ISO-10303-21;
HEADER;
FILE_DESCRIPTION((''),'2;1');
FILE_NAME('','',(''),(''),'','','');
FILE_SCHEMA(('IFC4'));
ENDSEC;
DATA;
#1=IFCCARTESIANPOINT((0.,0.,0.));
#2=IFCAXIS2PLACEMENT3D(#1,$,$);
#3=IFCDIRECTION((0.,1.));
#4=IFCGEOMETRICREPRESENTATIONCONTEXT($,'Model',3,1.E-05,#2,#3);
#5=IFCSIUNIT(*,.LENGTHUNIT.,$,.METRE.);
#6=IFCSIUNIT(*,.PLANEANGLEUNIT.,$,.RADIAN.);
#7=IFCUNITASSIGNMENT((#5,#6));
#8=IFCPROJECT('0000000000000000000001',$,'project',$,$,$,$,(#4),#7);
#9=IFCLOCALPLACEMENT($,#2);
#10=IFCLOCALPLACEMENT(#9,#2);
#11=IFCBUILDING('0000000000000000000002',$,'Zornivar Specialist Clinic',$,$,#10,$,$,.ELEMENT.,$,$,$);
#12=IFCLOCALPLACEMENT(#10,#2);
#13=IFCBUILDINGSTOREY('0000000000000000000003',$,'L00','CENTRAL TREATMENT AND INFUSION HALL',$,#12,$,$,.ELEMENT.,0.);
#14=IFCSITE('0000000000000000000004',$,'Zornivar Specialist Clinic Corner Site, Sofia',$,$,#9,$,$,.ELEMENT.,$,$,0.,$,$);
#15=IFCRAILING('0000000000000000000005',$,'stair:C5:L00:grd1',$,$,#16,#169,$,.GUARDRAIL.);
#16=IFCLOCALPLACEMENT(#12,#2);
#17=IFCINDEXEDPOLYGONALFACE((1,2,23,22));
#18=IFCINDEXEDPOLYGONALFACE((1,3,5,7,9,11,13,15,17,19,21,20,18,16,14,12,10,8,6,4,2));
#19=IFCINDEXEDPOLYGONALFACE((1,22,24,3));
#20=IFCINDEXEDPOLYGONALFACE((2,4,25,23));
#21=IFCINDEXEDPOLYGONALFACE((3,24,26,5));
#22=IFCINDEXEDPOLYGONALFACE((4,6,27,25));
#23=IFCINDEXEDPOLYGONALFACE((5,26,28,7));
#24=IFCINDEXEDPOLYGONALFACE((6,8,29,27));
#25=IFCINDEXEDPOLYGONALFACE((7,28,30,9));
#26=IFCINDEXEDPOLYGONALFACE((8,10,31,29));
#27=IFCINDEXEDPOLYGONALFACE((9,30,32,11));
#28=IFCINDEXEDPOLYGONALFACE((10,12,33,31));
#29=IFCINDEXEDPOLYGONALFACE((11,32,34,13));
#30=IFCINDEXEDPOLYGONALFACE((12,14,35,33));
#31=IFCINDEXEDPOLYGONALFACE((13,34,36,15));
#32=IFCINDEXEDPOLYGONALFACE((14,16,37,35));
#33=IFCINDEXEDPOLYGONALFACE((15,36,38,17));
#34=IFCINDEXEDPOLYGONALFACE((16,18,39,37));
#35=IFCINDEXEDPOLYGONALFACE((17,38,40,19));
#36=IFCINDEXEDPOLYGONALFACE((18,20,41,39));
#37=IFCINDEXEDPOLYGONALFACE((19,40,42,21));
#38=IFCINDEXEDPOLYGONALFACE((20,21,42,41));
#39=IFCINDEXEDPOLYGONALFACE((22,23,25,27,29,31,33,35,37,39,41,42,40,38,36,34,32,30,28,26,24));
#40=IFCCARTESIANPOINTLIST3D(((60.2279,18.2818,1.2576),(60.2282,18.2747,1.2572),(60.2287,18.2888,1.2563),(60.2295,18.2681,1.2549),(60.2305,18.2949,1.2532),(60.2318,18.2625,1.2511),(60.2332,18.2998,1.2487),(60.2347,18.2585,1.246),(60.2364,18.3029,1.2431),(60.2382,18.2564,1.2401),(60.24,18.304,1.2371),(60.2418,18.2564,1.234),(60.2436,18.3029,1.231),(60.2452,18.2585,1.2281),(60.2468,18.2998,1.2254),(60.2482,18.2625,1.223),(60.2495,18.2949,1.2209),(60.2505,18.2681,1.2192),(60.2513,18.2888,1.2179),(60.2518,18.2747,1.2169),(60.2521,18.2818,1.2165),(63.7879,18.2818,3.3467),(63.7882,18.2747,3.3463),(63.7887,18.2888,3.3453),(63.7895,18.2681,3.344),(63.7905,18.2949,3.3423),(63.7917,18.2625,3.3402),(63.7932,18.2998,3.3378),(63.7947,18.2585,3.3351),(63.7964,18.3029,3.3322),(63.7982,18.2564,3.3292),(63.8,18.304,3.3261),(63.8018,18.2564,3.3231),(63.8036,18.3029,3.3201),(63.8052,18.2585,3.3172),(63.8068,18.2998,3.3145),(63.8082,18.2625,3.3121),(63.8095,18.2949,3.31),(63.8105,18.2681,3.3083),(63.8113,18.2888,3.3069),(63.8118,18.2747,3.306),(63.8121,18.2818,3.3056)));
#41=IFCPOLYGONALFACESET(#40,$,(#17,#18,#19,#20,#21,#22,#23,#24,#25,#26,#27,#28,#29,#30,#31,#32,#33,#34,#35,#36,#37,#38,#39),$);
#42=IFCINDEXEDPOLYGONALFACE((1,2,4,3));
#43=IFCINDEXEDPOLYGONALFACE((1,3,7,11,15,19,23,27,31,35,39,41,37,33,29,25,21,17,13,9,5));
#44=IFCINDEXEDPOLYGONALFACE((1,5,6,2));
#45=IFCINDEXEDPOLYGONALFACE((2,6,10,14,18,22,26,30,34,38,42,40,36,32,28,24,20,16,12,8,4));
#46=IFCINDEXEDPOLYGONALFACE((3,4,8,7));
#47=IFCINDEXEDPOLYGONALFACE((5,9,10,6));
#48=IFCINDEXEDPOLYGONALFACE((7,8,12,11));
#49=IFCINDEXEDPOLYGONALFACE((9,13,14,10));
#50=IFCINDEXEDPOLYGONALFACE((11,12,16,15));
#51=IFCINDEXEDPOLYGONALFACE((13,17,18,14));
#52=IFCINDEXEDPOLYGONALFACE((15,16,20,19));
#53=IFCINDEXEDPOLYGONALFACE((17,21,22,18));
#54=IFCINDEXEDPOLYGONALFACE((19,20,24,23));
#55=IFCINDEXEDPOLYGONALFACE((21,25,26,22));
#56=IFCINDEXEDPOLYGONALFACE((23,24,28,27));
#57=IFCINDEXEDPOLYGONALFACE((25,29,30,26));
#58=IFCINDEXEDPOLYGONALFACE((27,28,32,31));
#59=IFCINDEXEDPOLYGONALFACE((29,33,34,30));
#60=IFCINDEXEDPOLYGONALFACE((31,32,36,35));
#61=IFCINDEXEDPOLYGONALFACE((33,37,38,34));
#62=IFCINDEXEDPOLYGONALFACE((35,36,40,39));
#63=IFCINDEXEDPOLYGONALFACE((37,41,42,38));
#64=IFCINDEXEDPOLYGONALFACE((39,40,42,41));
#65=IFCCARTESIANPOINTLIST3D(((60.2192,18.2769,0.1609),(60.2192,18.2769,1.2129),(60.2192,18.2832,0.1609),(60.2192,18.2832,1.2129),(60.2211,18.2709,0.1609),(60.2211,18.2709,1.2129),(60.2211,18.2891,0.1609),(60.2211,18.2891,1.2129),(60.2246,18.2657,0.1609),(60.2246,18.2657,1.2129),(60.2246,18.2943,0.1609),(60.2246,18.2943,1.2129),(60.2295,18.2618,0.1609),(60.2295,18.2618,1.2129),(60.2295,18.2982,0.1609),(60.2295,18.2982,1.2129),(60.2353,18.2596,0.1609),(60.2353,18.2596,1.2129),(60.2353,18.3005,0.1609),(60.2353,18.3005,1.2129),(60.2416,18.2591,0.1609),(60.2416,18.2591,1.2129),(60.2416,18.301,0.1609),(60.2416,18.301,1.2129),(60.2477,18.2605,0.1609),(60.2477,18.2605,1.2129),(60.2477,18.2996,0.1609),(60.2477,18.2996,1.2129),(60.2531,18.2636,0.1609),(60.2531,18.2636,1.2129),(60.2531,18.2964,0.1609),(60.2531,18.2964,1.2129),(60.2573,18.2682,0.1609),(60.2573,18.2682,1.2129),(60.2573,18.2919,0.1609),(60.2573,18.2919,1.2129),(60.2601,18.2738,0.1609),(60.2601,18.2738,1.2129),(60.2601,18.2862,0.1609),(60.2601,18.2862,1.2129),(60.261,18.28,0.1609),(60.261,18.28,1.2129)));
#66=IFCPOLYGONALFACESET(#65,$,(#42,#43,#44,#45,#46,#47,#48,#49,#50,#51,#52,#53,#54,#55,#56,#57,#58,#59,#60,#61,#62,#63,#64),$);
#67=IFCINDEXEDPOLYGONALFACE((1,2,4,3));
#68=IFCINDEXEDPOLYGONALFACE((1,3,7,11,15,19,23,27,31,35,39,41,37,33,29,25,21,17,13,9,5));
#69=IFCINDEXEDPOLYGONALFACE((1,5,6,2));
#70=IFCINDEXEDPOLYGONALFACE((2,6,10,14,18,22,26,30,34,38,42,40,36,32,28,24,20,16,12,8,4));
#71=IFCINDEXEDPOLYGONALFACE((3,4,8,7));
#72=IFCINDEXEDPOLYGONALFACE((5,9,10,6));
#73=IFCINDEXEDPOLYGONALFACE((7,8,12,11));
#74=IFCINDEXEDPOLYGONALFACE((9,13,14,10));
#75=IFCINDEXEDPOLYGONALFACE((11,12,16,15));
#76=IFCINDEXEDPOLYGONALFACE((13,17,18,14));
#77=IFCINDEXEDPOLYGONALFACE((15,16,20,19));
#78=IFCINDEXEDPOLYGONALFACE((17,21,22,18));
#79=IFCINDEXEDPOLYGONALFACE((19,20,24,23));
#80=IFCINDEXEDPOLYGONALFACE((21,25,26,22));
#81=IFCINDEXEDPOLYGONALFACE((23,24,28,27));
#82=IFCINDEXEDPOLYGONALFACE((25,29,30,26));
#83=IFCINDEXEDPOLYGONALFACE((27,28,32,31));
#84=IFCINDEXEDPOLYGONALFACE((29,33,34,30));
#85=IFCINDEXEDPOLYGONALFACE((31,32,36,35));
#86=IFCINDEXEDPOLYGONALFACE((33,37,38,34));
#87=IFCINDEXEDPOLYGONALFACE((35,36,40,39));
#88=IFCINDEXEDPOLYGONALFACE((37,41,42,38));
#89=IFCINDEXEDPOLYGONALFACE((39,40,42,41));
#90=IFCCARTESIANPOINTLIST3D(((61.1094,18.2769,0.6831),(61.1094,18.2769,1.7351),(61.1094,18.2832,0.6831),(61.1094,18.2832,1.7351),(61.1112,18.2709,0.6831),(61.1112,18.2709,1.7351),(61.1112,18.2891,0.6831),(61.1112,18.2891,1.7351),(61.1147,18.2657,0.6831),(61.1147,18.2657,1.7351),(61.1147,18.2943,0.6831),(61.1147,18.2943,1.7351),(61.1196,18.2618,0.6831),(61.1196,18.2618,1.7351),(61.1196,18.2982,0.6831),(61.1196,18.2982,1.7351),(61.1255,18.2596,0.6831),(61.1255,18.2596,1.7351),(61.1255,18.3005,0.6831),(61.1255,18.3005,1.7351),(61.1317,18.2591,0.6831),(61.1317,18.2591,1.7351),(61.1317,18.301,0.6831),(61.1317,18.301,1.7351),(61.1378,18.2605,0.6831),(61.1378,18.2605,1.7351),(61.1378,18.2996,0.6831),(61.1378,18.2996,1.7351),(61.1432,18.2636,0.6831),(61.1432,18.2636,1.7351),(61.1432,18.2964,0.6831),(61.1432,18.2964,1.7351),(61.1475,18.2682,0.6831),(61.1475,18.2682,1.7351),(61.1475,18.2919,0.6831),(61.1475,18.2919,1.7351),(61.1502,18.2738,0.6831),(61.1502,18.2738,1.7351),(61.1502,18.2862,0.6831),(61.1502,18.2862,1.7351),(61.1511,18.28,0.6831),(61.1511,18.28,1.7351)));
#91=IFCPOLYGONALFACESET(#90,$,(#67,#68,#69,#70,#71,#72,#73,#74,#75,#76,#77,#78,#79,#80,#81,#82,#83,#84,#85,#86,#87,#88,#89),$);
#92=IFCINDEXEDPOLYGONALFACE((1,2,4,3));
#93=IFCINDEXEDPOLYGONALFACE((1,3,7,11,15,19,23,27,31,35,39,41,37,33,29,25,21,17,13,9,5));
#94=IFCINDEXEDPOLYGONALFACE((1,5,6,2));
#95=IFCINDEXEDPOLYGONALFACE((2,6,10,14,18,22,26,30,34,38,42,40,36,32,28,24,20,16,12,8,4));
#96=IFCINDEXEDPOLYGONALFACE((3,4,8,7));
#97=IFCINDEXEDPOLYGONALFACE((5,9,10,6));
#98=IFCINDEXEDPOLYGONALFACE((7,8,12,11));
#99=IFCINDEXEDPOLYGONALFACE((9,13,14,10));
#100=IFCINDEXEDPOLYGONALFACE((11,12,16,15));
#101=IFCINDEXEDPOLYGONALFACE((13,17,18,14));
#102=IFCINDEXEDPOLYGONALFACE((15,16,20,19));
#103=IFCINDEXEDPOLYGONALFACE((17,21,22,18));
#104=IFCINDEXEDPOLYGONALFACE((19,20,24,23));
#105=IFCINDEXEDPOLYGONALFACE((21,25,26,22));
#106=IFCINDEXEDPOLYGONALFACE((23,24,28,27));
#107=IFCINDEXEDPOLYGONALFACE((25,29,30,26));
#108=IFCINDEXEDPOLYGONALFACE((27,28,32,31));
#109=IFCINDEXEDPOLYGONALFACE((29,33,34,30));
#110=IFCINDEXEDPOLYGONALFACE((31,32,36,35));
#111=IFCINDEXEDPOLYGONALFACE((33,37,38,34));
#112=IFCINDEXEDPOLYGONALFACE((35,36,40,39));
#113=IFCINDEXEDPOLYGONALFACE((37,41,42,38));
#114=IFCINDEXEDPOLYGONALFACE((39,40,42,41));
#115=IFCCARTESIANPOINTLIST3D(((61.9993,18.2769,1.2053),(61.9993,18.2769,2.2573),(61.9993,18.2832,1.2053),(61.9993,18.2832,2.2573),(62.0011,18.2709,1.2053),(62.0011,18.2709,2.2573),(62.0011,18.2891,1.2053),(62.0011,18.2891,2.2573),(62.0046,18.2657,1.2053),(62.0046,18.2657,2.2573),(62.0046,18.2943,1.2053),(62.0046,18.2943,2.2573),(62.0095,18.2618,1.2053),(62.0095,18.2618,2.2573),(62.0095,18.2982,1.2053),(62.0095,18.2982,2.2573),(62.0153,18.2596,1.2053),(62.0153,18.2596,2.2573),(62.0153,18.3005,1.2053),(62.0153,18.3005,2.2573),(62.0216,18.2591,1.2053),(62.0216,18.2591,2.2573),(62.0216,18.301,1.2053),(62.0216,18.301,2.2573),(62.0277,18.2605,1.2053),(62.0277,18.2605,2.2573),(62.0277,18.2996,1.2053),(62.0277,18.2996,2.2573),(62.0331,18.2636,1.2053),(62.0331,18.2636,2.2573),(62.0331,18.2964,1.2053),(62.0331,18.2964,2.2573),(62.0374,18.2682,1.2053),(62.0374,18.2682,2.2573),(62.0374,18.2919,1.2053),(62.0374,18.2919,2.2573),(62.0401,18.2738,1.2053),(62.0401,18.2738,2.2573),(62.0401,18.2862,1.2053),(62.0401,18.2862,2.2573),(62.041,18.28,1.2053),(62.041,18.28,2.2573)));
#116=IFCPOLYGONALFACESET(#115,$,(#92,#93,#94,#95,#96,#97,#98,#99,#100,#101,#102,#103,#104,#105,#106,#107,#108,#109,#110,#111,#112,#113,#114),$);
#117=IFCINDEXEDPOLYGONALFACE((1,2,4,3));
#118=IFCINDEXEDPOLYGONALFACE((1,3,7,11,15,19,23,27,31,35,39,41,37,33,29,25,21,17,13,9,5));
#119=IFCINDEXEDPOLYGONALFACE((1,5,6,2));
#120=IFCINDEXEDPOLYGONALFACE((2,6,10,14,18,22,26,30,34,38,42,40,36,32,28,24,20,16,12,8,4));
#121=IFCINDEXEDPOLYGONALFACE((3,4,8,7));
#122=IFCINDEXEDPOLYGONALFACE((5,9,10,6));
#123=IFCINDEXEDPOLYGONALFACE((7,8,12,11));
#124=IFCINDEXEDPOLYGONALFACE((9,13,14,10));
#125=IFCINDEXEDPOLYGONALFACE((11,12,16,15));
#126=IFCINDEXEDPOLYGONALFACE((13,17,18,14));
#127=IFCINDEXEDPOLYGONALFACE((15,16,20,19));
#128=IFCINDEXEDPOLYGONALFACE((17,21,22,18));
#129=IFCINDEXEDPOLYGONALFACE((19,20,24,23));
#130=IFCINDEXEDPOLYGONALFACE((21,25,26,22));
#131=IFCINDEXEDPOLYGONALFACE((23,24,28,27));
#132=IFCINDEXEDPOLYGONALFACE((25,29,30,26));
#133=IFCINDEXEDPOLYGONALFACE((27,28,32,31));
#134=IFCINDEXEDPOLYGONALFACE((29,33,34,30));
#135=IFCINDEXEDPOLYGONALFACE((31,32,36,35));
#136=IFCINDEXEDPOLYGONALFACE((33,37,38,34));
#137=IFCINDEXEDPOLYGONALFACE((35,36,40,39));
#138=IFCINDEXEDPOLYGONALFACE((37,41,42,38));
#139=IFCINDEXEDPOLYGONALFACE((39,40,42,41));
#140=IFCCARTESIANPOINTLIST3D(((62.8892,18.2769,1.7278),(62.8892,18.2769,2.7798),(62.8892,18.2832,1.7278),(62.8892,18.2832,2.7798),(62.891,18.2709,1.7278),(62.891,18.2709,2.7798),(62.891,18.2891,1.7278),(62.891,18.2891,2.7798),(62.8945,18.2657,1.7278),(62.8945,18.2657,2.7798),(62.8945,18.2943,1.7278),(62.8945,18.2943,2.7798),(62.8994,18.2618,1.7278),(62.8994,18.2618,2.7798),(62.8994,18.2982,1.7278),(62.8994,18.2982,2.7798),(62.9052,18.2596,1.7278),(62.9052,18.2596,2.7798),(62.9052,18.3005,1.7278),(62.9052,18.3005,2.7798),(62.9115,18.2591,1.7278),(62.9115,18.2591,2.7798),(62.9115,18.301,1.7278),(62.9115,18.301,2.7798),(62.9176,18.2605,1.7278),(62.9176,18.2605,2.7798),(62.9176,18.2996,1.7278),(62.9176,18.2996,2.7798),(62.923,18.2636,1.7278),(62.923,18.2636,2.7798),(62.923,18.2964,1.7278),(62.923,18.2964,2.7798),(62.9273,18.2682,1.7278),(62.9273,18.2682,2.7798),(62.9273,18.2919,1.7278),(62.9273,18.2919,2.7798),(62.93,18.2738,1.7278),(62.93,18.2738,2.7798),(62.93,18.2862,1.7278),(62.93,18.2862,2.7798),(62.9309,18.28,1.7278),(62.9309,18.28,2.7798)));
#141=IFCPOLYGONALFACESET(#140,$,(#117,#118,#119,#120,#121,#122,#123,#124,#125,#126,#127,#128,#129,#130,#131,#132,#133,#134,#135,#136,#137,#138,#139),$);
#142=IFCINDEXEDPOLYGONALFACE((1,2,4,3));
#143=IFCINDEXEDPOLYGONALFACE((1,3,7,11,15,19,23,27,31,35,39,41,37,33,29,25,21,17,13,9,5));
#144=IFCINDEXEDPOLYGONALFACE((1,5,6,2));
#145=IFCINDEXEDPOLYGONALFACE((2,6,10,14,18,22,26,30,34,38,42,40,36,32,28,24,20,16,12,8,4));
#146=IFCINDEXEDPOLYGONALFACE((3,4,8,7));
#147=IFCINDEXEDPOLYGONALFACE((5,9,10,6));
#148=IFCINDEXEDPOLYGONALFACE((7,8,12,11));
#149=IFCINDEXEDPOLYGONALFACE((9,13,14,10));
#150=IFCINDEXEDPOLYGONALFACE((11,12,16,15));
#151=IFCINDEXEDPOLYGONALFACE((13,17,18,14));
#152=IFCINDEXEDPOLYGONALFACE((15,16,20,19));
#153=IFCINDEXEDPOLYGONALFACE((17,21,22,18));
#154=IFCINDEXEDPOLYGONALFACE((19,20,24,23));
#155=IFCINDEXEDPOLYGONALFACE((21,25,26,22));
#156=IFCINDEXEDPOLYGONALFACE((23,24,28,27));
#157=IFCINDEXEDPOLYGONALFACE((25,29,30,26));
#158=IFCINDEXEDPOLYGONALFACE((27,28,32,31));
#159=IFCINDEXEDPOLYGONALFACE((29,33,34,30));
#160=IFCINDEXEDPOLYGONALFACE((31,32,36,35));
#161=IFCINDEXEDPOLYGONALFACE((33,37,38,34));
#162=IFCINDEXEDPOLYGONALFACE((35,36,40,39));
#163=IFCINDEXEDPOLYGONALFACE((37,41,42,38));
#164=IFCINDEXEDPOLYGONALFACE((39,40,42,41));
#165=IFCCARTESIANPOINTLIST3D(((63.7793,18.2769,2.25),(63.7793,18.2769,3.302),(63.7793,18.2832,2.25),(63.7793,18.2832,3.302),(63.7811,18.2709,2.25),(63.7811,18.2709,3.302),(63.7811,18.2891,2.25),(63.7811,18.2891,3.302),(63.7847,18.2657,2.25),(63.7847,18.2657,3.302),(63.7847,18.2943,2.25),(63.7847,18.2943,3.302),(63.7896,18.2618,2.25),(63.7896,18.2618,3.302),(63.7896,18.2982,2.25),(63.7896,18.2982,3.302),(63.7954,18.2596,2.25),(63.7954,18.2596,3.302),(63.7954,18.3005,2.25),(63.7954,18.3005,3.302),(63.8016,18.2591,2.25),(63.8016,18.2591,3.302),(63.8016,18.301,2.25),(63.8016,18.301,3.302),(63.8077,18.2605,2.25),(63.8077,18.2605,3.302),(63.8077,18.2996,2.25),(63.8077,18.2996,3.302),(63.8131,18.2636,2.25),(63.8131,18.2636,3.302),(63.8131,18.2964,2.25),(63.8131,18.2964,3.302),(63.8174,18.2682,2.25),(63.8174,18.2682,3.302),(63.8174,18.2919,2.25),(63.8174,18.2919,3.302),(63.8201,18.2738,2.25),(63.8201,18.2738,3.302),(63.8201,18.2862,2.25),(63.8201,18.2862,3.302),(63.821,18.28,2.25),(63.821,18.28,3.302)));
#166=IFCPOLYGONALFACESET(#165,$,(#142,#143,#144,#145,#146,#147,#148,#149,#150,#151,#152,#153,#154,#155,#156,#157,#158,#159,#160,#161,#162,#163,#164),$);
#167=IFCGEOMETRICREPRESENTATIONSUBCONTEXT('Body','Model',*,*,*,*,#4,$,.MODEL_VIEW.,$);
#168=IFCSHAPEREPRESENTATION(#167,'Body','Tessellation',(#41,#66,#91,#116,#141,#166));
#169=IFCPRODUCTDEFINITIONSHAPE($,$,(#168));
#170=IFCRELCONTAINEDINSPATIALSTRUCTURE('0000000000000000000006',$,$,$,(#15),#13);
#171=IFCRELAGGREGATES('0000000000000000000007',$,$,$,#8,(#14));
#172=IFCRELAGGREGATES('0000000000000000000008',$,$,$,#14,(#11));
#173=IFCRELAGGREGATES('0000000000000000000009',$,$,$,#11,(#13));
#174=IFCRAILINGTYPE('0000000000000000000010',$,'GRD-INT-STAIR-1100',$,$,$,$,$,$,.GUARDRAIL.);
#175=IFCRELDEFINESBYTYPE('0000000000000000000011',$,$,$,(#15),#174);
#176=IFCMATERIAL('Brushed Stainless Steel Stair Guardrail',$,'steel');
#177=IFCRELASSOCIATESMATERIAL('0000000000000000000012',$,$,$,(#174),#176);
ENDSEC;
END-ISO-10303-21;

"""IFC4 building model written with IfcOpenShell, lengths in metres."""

from ifc_helpers import new_model, si_unit, direction, frame, origin, origin_2d, place, context, subcontext, project, spatial, circle, extrude, material, type_object, element, save


model = new_model("IFC4")

# Units and contexts
model_context = context("Model", 3, precision=1e-05, world=origin(), true_north=direction((0.0, 1.0)))
body_context = subcontext(model_context, "Body", "Model", "MODEL_VIEW")
ifc_project = project(units=[si_unit("LENGTHUNIT", "METRE"), si_unit("PLANEANGLEUNIT", "RADIAN")], contexts=[model_context])

# Site, building, storey
site_placement = place(None, origin())
site = spatial("IfcSite", under=ifc_project, at=site_placement, Name="Zornivar Specialist Clinic Corner Site, Sofia", CompositionType="ELEMENT", RefElevation=0.0)
building_placement = place(site_placement, origin())
building = spatial("IfcBuilding", under=site, at=building_placement, Name="Zornivar Specialist Clinic", CompositionType="ELEMENT")
storey_placement = place(building_placement, origin())
storey = spatial("IfcBuildingStorey", under=building, at=storey_placement, Name="L00", Description="CENTRAL TREATMENT AND INFUSION HALL", CompositionType="ELEMENT", Elevation=0.0)

# Railing
ifc_material_1 = material(Name="Brushed Stainless Steel Stair Guardrail", Category="steel")
railing_type_1 = type_object("IfcRailingType", Name="GRD-INT-STAIR-1100", PredefinedType="GUARDRAIL", material=ifc_material_1)
railing_1_placement = place(storey_placement, frame((60.24, 18.28, 0.1609)))
element("IfcRailing", 1, at=railing_1_placement, inside=storey, type_object=railing_type_1, Name="stair:C5:L00:grd1", PredefinedType="GUARDRAIL", context=body_context, shape_type="SweptSolid", body=[
    extrude(circle(Radius=0.0239, at=origin_2d()), frame((0.0, 0.0, 1.0762), z_axis=(0.862467, 0.0, 0.506113), x_axis=(0.0, 1.0, 0.0)), (0.0, 0.0, 1.0), 4.1277),
    extrude(circle(Radius=0.021, at=origin_2d()), origin(), (0.0, 0.0, 1.0), 1.052),
    extrude(circle(Radius=0.021, at=origin_2d()), frame((0.8901, 0.0, 0.5222)), (0.0, 0.0, 1.0), 1.052),
    extrude(circle(Radius=0.021, at=origin_2d()), frame((1.78, 0.0, 1.0444)), (0.0, 0.0, 1.0), 1.052),
    extrude(circle(Radius=0.021, at=origin_2d()), frame((2.6699, 0.0, 1.5669)), (0.0, 0.0, 1.0), 1.052),
    extrude(circle(Radius=0.021, at=origin_2d()), frame((3.5601, 0.0, 2.0891)), (0.0, 0.0, 1.0), 1.052),
])

save(model, "model.ifc")
